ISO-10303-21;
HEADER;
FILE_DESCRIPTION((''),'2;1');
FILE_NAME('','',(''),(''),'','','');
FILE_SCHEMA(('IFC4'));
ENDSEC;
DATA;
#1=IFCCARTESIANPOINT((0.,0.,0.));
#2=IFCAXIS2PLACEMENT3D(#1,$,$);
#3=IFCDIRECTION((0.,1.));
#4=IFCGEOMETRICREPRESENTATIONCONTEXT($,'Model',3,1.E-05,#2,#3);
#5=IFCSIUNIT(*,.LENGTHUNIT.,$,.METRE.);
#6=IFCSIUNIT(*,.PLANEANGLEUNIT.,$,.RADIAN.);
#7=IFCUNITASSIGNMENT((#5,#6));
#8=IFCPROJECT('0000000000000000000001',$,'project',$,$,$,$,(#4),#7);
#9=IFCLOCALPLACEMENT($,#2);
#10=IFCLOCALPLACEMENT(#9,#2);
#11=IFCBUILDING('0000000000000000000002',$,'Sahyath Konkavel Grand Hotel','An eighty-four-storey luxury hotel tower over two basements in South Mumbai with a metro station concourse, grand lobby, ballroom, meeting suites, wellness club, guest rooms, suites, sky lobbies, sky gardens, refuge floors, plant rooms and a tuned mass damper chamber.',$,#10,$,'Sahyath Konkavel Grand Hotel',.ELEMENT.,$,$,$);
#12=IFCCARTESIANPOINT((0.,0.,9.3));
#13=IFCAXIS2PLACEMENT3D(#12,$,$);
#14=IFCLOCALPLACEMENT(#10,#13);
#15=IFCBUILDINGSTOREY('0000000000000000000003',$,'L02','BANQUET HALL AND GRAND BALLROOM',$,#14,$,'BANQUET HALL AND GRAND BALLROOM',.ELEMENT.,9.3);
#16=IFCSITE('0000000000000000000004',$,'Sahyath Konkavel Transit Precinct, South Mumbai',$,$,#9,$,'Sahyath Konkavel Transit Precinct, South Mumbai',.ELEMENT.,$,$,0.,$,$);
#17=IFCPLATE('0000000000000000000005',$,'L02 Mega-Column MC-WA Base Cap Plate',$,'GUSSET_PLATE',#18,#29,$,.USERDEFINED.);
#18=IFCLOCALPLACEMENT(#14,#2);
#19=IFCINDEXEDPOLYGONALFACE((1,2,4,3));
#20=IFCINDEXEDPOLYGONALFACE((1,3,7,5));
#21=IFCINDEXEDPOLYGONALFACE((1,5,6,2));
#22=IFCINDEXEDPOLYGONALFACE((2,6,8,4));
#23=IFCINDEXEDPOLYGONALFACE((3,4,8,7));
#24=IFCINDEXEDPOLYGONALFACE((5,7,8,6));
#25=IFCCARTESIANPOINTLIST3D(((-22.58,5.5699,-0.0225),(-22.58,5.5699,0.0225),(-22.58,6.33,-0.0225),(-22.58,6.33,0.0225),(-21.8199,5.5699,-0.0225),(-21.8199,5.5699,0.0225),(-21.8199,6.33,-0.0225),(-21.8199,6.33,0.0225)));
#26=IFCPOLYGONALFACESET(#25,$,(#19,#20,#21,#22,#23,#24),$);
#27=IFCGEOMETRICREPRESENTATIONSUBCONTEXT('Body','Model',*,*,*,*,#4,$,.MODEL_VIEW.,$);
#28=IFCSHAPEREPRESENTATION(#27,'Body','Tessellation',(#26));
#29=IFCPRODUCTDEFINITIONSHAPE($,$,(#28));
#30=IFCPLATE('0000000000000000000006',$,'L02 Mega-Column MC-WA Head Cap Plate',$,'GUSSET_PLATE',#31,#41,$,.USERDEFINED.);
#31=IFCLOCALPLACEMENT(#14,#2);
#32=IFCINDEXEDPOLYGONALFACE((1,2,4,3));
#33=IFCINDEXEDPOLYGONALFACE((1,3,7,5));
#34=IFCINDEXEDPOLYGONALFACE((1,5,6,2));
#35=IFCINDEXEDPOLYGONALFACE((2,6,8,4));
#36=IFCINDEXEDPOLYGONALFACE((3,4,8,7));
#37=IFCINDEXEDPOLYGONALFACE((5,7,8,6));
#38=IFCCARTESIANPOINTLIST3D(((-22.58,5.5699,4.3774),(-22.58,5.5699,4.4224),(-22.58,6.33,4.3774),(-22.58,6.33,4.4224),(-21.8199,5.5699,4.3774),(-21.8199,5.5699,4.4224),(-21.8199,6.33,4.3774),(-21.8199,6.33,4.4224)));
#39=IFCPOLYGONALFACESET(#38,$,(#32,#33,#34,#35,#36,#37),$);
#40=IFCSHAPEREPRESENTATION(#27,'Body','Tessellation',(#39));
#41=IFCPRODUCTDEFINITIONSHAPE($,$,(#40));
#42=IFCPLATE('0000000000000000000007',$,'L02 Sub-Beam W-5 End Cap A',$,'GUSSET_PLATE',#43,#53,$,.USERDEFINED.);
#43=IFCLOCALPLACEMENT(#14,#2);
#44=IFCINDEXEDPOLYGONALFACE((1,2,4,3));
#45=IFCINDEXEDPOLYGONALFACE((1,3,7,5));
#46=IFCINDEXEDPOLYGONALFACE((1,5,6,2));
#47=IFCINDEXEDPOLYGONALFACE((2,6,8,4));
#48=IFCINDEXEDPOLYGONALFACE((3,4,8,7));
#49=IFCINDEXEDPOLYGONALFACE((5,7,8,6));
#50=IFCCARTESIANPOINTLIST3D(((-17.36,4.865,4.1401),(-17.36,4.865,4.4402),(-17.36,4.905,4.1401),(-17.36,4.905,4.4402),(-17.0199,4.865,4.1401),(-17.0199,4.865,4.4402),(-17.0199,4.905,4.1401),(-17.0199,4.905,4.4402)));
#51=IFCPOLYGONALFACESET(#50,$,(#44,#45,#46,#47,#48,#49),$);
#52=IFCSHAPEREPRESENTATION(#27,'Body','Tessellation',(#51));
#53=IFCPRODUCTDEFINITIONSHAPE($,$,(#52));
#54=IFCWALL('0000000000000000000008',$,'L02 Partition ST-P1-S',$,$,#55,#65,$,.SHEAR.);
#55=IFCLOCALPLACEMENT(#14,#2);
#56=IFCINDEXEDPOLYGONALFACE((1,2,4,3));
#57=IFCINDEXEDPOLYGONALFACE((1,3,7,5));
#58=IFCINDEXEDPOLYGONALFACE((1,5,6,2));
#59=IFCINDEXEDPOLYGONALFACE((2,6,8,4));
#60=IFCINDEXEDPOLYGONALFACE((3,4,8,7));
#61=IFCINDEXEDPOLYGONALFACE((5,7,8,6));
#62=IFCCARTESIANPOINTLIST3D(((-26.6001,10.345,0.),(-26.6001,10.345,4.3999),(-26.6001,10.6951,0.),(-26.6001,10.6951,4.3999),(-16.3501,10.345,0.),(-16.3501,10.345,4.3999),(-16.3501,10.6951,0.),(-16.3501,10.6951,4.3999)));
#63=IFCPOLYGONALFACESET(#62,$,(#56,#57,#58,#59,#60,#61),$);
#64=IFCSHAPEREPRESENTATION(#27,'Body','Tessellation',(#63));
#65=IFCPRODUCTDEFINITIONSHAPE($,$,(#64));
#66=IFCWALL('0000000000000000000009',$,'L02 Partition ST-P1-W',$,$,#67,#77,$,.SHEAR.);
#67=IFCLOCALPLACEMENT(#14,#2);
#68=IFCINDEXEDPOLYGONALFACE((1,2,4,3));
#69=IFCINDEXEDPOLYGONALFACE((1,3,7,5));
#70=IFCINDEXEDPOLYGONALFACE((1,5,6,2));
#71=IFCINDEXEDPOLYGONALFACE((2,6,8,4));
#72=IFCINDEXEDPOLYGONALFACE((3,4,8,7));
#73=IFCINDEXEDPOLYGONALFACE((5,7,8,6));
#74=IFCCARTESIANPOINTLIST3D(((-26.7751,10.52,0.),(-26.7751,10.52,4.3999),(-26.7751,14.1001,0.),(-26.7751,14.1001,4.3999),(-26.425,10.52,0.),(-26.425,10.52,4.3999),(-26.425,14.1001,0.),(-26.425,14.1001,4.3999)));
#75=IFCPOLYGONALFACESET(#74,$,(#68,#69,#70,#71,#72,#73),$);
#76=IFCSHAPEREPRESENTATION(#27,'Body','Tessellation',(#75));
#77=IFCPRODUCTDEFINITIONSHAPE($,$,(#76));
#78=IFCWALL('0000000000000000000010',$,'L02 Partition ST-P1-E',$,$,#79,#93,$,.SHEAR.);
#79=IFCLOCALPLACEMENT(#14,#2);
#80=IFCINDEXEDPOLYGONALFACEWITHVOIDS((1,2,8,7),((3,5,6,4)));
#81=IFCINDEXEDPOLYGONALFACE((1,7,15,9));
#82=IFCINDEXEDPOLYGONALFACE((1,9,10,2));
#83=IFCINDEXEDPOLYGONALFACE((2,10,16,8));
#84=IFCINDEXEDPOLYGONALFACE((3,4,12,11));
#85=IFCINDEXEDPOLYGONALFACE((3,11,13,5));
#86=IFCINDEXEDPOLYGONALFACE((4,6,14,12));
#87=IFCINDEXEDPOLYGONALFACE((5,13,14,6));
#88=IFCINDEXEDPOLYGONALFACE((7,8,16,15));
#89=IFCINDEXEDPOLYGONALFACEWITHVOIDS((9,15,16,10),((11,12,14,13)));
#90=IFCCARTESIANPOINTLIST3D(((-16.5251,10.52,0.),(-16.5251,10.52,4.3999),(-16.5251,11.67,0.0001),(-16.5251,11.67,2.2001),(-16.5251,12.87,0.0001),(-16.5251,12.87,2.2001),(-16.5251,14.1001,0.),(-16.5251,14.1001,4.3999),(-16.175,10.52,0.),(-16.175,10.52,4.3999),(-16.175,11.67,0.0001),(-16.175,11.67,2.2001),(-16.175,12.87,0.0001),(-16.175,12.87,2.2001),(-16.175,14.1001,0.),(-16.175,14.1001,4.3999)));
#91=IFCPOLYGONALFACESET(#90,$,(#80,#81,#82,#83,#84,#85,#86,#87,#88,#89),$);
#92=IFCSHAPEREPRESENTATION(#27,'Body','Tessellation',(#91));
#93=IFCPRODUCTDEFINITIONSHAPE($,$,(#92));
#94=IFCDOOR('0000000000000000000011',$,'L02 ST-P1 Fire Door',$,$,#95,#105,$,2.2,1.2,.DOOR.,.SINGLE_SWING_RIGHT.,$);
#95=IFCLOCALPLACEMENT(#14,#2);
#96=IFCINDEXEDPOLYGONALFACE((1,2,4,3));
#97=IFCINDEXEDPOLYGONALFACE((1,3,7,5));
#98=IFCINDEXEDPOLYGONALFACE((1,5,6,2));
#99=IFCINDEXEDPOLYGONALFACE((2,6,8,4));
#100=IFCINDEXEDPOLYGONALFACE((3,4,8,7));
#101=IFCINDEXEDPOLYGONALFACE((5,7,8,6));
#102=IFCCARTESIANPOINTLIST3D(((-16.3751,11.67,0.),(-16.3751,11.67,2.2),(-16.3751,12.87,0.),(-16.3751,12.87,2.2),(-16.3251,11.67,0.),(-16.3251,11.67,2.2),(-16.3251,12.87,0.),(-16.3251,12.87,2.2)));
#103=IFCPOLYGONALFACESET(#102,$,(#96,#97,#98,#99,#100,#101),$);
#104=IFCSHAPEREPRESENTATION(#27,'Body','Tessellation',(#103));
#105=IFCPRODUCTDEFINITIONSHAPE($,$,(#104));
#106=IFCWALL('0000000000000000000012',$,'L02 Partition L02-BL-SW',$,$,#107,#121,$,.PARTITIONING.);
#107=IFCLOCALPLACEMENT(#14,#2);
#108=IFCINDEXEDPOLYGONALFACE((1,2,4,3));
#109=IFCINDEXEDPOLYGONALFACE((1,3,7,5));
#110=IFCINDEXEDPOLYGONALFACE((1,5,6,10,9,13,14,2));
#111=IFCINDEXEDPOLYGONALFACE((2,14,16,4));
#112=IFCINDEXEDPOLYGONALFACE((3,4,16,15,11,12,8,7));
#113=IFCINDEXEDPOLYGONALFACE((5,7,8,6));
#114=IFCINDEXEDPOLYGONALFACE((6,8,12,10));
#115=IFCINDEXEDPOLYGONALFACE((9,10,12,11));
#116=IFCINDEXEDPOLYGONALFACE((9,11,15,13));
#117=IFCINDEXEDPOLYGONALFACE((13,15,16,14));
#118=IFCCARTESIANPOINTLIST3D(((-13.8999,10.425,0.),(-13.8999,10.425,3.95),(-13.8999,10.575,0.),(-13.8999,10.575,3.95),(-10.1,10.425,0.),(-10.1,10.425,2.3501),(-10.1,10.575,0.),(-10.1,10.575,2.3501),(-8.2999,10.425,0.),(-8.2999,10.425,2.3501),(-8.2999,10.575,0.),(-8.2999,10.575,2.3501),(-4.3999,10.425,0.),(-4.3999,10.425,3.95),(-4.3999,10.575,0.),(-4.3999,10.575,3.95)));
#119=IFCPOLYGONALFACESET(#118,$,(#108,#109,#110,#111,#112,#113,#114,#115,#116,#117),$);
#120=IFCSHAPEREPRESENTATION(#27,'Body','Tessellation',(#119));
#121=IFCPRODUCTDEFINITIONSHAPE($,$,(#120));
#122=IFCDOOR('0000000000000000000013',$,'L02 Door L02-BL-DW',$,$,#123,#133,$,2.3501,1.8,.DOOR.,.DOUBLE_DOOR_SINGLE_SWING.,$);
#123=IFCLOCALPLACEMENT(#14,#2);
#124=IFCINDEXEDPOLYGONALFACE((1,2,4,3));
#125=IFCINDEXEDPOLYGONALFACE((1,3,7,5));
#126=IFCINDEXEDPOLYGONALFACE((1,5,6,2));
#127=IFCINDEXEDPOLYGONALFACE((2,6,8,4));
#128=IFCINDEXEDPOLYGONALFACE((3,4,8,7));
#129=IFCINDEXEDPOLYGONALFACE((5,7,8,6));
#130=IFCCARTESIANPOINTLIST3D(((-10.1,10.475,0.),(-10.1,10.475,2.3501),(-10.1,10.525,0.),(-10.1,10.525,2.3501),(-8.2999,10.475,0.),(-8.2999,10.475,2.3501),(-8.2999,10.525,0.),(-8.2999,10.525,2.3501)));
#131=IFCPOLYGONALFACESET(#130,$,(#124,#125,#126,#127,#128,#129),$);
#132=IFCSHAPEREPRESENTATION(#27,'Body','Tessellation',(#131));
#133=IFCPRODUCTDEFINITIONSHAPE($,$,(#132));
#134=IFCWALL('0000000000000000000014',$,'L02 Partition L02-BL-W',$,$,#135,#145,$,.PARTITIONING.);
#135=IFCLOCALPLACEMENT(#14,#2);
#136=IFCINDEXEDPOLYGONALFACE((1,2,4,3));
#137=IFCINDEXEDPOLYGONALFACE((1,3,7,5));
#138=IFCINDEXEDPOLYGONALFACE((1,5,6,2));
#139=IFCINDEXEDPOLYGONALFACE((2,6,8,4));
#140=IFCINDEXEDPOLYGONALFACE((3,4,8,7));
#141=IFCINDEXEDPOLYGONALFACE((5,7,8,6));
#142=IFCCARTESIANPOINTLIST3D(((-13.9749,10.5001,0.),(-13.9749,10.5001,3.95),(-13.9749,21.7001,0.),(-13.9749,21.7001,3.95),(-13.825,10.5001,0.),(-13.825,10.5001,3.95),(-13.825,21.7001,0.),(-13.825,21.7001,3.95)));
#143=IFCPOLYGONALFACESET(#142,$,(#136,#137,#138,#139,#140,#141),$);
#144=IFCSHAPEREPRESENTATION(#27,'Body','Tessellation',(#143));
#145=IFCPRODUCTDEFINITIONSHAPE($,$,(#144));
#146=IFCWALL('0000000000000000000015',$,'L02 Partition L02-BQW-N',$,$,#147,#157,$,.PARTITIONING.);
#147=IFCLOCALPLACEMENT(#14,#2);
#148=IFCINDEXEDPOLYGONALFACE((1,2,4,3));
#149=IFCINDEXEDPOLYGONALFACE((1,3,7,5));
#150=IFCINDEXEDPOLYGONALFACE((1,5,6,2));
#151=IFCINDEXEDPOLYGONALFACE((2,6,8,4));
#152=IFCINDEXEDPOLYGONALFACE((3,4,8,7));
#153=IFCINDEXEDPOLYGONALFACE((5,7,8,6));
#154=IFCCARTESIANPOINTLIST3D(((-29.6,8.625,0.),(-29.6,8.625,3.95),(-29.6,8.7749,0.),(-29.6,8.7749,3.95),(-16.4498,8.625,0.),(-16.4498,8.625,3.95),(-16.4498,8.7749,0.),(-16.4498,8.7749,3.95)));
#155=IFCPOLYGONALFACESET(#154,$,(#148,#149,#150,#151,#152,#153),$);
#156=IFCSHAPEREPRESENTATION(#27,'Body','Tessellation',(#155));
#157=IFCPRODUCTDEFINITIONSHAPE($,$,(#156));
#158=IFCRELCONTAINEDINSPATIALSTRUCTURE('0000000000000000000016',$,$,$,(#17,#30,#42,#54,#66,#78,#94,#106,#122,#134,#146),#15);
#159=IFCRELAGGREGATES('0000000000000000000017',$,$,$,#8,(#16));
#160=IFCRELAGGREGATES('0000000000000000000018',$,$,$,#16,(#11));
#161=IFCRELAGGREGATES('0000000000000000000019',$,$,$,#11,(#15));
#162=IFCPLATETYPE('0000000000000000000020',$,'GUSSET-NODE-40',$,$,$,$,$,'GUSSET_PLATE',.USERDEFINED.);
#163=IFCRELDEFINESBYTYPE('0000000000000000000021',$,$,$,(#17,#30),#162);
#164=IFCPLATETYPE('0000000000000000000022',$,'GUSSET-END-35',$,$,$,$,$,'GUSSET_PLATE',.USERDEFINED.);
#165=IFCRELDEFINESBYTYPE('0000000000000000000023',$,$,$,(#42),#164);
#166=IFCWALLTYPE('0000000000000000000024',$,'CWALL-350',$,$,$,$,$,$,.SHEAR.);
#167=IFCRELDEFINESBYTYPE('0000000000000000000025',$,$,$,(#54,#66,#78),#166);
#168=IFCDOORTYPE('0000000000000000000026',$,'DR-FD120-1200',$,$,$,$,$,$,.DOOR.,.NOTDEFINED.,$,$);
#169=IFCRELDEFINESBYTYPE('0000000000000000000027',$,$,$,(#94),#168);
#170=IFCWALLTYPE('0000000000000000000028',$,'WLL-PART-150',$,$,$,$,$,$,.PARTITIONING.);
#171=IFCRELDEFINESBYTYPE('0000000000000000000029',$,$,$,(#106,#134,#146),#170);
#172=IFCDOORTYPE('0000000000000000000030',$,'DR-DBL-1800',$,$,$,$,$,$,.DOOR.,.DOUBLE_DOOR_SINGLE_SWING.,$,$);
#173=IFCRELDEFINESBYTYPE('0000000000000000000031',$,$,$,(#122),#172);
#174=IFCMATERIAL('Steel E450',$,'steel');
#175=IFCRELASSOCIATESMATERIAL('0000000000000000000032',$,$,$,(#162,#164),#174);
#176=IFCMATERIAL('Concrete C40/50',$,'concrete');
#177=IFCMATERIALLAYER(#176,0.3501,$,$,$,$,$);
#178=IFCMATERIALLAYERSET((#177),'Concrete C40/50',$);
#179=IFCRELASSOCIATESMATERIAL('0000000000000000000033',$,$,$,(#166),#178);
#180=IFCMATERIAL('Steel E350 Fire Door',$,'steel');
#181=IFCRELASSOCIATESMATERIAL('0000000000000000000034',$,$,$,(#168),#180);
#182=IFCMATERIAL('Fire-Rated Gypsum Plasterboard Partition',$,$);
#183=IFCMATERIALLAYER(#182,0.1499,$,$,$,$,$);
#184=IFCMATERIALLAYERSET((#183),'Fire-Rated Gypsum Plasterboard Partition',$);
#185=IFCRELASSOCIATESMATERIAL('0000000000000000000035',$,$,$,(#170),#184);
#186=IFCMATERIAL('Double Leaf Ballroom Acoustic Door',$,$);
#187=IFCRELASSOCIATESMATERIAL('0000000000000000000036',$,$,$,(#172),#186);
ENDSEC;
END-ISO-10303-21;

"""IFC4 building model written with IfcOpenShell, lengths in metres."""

from ifc_helpers import new_model, si_unit, direction, frame, frame_2d, origin, origin_2d, place, context, subcontext, project, spatial, rectangle, extrude, source, transform, mapped, material, layer, layer_set, type_object, element, fill, save


model = new_model("IFC4")

# Units and contexts
model_context = context("Model", 3, precision=1e-05, world=origin(), true_north=direction((0.0, 1.0)))
body_context = subcontext(model_context, "Body", "Model", "MODEL_VIEW")
ifc_project = project(units=[si_unit("LENGTHUNIT", "METRE"), si_unit("PLANEANGLEUNIT", "RADIAN")], contexts=[model_context])

# Site, building, storey
site_placement = place(None, origin())
site = spatial("IfcSite", under=ifc_project, at=site_placement, Name="Sahyath Konkavel Transit Precinct, South Mumbai", LongName="Sahyath Konkavel Transit Precinct, South Mumbai", CompositionType="ELEMENT", RefElevation=0.0)
building_placement = place(site_placement, origin())
building = spatial("IfcBuilding", under=site, at=building_placement, Name="Sahyath Konkavel Grand Hotel", Description="An eighty-four-storey luxury hotel tower over two basements in South Mumbai with a metro station concourse, grand lobby, ballroom, meeting suites, wellness club, guest rooms, suites, sky lobbies, sky gardens, refuge floors, plant rooms and a tuned mass damper chamber.", LongName="Sahyath Konkavel Grand Hotel", CompositionType="ELEMENT")
storey_placement = place(building_placement, frame((0.0, 0.0, 9.3)))
storey = spatial("IfcBuildingStorey", under=building, at=storey_placement, Name="L02", Description="BANQUET HALL AND GRAND BALLROOM", LongName="BANQUET HALL AND GRAND BALLROOM", CompositionType="ELEMENT", Elevation=9.3)

# Shared definitions
ifc_material_1 = material(Name="Steel E450", Category="steel")

# Plates
plate_type_1 = type_object("IfcPlateType", Name="GUSSET-NODE-40", ElementType="GUSSET_PLATE", PredefinedType="USERDEFINED", material=ifc_material_1)
shared_shape_1 = source(origin(), body_context, "Body", "SweptSolid", [
    extrude(rectangle(XDim=0.76, YDim=0.76, at=origin_2d()), origin(), (0.0, 0.0, 1.0), 0.0449),
])
for number, where, z_axis, x_axis, name in (
    (1, (-22.2, 5.95, -0.0225), (0.0, 0.0, 1.0), (1.0, 0.0, 0.0), "L02 Mega-Column MC-WA Base Cap Plate"),
    (2, (-22.2, 5.95, 4.3774), (0.0, 0.0, 1.0), (1.0, 0.0, 0.0), "L02 Mega-Column MC-WA Head Cap Plate"),
):
    element("IfcPlate", number, at=place(storey_placement, frame(where, z_axis=z_axis, x_axis=x_axis)), inside=storey, type_object=plate_type_1, Name=name, ObjectType="GUSSET_PLATE", PredefinedType="USERDEFINED", context=body_context, shape_type="MappedRepresentation", body=[
        mapped(shared_shape_1, transform((0.0, 0.0, 0.0), scale=1.0)),
    ])
plate_type_2 = type_object("IfcPlateType", Name="GUSSET-END-35", ElementType="GUSSET_PLATE", PredefinedType="USERDEFINED", material=ifc_material_1)
shared_shape_2 = source(origin(), body_context, "Body", "SweptSolid", [
    extrude(rectangle(XDim=0.04, YDim=0.3401, at=origin_2d()), origin(), (0.0, 0.0, 1.0), 0.3),
])
plate_placement = place(storey_placement, frame((-17.1899, 4.885, 4.1401), z_axis=(0.0, 0.0, 1.0), x_axis=(0.0, -1.0, 0.0)))
element("IfcPlate", 3, at=plate_placement, inside=storey, type_object=plate_type_2, Name="L02 Sub-Beam W-5 End Cap A", ObjectType="GUSSET_PLATE", PredefinedType="USERDEFINED", context=body_context, shape_type="MappedRepresentation", body=[
    mapped(shared_shape_2, transform((0.0, 0.0, 0.0), scale=1.0)),
])

# Walls
ifc_material_2 = material(Name="Concrete C40/50", Category="concrete")
ifc_layer_1 = layer(ifc_material_2, 0.3501)
ifc_layer_set_1 = layer_set([ifc_layer_1], Name="Concrete C40/50")
wall_type_1 = type_object("IfcWallType", Name="CWALL-350", PredefinedType="SHEAR", material=ifc_layer_set_1)
wall_1_placement = place(storey_placement, frame((-26.6001, 10.52, 0.0), z_axis=(0.0, 0.0, 1.0), x_axis=(1.0, 0.0, 0.0)))
element("IfcWall", 4, at=wall_1_placement, inside=storey, type_object=wall_type_1, Name="L02 Partition ST-P1-S", PredefinedType="SHEAR", context=body_context, shape_type="SweptSolid", body=[
    extrude(rectangle(XDim=10.25, YDim=0.3501, at=frame_2d((5.125, 0.0))), origin(), (0.0, 0.0, 1.0), 4.3999),
])
wall_2_placement = place(storey_placement, frame((-26.6001, 10.52, 0.0), z_axis=(0.0, 0.0, 1.0), x_axis=(0.0, 1.0, 0.0)))
element("IfcWall", 5, at=wall_2_placement, inside=storey, type_object=wall_type_1, Name="L02 Partition ST-P1-W", PredefinedType="SHEAR", context=body_context, shape_type="SweptSolid", body=[
    extrude(rectangle(XDim=3.5801, YDim=0.3501, at=frame_2d((1.79, 0.0))), origin(), (0.0, 0.0, 1.0), 4.3999),
])

# Walls, openings, doors
wall_3_placement = place(storey_placement, frame((-16.3501, 10.52, 0.0), z_axis=(0.0, 0.0, 1.0), x_axis=(0.0, 1.0, 0.0)))
wall_3 = element("IfcWall", 6, at=wall_3_placement, inside=storey, type_object=wall_type_1, Name="L02 Partition ST-P1-E", PredefinedType="SHEAR", context=body_context, shape_type="SweptSolid", body=[
    extrude(rectangle(XDim=3.5801, YDim=0.3501, at=frame_2d((1.79, 0.0))), origin(), (0.0, 0.0, 1.0), 4.3999),
])
opening_1_placement = place(wall_3_placement, frame((1.1499, 0.0, 0.0)))
opening_1 = element("IfcOpeningElement", 7, at=opening_1_placement, cuts=wall_3, PredefinedType="OPENING", context=body_context, shape_type="SweptSolid", body=[
    extrude(rectangle(XDim=1.2, YDim=2.2, at=frame_2d((0.6001, 1.1001))), frame((0.0, 0.1851, 0.0), z_axis=(0.0, -1.0, 0.0), x_axis=(1.0, 0.0, 0.0)), (0.0, 0.0, 1.0), 0.3701),
])
ifc_material_3 = material(Name="Steel E350 Fire Door", Category="steel")
door_type_1 = type_object("IfcDoorType", Name="DR-FD120-1200", OperationType="NOTDEFINED", PredefinedType="DOOR", material=ifc_material_3)
shared_shape_3 = source(origin(), body_context, "Body", "SweptSolid", [
    extrude(rectangle(XDim=1.2, YDim=0.05, at=origin_2d()), origin(), (0.0, 0.0, 1.0), 2.2),
])
door_1_placement = place(opening_1_placement, frame((0.6001, 0.0, 0.0)))
door_1 = element("IfcDoor", 8, at=door_1_placement, inside=storey, type_object=door_type_1, Name="L02 ST-P1 Fire Door", OperationType="SINGLE_SWING_RIGHT", OverallHeight=2.2, OverallWidth=1.2, PredefinedType="DOOR", context=body_context, shape_type="MappedRepresentation", body=[
    mapped(shared_shape_3, transform((0.0, 0.0, 0.0), scale=1.0)),
])
fill(opening_1, door_1)
ifc_material_4 = material(Name="Fire-Rated Gypsum Plasterboard Partition")
ifc_layer_2 = layer(ifc_material_4, 0.1499)
ifc_layer_set_2 = layer_set([ifc_layer_2], Name="Fire-Rated Gypsum Plasterboard Partition")
wall_type_2 = type_object("IfcWallType", Name="WLL-PART-150", PredefinedType="PARTITIONING", material=ifc_layer_set_2)
wall_4_placement = place(storey_placement, frame((-13.8999, 10.5, 0.0), z_axis=(0.0, 0.0, 1.0), x_axis=(1.0, 0.0, 0.0)))
wall_4 = element("IfcWall", 9, at=wall_4_placement, inside=storey, type_object=wall_type_2, Name="L02 Partition L02-BL-SW", PredefinedType="PARTITIONING", context=body_context, shape_type="SweptSolid", body=[
    extrude(rectangle(XDim=9.5, YDim=0.1499, at=frame_2d((4.75, 0.0))), origin(), (0.0, 0.0, 1.0), 3.95),
])
opening_2_placement = place(wall_4_placement, frame((3.8, 0.0, 0.0)))
opening_2 = element("IfcOpeningElement", 10, at=opening_2_placement, cuts=wall_4, PredefinedType="OPENING", context=body_context, shape_type="SweptSolid", body=[
    extrude(rectangle(XDim=1.8, YDim=2.3501, at=frame_2d((0.8999, 1.175))), frame((0.0, 0.085, 0.0), z_axis=(0.0, -1.0, 0.0), x_axis=(1.0, 0.0, 0.0)), (0.0, 0.0, 1.0), 0.1699),
])
ifc_material_5 = material(Name="Double Leaf Ballroom Acoustic Door")
door_type_2 = type_object("IfcDoorType", Name="DR-DBL-1800", OperationType="DOUBLE_DOOR_SINGLE_SWING", PredefinedType="DOOR", material=ifc_material_5)
shared_shape_4 = source(origin(), body_context, "Body", "SweptSolid", [
    extrude(rectangle(XDim=1.8, YDim=0.05, at=origin_2d()), origin(), (0.0, 0.0, 1.0), 2.3501),
])
door_2_placement = place(opening_2_placement, frame((0.8999, 0.0, 0.0)))
door_2 = element("IfcDoor", 11, at=door_2_placement, inside=storey, type_object=door_type_2, Name="L02 Door L02-BL-DW", OperationType="DOUBLE_DOOR_SINGLE_SWING", OverallHeight=2.3501, OverallWidth=1.8, PredefinedType="DOOR", context=body_context, shape_type="MappedRepresentation", body=[
    mapped(shared_shape_4, transform((0.0, 0.0, 0.0), scale=1.0)),
])
fill(opening_2, door_2)

# Walls
wall_5_placement = place(storey_placement, frame((-13.8999, 10.5, 0.0), z_axis=(0.0, 0.0, 1.0), x_axis=(0.0, 1.0, 0.0)))
element("IfcWall", 12, at=wall_5_placement, inside=storey, type_object=wall_type_2, Name="L02 Partition L02-BL-W", PredefinedType="PARTITIONING", context=body_context, shape_type="SweptSolid", body=[
    extrude(rectangle(XDim=11.2, YDim=0.1499, at=frame_2d((5.6001, 0.0))), origin(), (0.0, 0.0, 1.0), 3.95),
])
wall_6_placement = place(storey_placement, frame((-29.6001, 8.7, 0.0), z_axis=(0.0, 0.0, 1.0), x_axis=(1.0, 0.0, 0.0)))
element("IfcWall", 13, at=wall_6_placement, inside=storey, type_object=wall_type_2, Name="L02 Partition L02-BQW-N", PredefinedType="PARTITIONING", context=body_context, shape_type="SweptSolid", body=[
    extrude(rectangle(XDim=13.1501, YDim=0.1499, at=frame_2d((6.5752, 0.0))), origin(), (0.0, 0.0, 1.0), 3.95),
])

save(model, "model.ifc")
